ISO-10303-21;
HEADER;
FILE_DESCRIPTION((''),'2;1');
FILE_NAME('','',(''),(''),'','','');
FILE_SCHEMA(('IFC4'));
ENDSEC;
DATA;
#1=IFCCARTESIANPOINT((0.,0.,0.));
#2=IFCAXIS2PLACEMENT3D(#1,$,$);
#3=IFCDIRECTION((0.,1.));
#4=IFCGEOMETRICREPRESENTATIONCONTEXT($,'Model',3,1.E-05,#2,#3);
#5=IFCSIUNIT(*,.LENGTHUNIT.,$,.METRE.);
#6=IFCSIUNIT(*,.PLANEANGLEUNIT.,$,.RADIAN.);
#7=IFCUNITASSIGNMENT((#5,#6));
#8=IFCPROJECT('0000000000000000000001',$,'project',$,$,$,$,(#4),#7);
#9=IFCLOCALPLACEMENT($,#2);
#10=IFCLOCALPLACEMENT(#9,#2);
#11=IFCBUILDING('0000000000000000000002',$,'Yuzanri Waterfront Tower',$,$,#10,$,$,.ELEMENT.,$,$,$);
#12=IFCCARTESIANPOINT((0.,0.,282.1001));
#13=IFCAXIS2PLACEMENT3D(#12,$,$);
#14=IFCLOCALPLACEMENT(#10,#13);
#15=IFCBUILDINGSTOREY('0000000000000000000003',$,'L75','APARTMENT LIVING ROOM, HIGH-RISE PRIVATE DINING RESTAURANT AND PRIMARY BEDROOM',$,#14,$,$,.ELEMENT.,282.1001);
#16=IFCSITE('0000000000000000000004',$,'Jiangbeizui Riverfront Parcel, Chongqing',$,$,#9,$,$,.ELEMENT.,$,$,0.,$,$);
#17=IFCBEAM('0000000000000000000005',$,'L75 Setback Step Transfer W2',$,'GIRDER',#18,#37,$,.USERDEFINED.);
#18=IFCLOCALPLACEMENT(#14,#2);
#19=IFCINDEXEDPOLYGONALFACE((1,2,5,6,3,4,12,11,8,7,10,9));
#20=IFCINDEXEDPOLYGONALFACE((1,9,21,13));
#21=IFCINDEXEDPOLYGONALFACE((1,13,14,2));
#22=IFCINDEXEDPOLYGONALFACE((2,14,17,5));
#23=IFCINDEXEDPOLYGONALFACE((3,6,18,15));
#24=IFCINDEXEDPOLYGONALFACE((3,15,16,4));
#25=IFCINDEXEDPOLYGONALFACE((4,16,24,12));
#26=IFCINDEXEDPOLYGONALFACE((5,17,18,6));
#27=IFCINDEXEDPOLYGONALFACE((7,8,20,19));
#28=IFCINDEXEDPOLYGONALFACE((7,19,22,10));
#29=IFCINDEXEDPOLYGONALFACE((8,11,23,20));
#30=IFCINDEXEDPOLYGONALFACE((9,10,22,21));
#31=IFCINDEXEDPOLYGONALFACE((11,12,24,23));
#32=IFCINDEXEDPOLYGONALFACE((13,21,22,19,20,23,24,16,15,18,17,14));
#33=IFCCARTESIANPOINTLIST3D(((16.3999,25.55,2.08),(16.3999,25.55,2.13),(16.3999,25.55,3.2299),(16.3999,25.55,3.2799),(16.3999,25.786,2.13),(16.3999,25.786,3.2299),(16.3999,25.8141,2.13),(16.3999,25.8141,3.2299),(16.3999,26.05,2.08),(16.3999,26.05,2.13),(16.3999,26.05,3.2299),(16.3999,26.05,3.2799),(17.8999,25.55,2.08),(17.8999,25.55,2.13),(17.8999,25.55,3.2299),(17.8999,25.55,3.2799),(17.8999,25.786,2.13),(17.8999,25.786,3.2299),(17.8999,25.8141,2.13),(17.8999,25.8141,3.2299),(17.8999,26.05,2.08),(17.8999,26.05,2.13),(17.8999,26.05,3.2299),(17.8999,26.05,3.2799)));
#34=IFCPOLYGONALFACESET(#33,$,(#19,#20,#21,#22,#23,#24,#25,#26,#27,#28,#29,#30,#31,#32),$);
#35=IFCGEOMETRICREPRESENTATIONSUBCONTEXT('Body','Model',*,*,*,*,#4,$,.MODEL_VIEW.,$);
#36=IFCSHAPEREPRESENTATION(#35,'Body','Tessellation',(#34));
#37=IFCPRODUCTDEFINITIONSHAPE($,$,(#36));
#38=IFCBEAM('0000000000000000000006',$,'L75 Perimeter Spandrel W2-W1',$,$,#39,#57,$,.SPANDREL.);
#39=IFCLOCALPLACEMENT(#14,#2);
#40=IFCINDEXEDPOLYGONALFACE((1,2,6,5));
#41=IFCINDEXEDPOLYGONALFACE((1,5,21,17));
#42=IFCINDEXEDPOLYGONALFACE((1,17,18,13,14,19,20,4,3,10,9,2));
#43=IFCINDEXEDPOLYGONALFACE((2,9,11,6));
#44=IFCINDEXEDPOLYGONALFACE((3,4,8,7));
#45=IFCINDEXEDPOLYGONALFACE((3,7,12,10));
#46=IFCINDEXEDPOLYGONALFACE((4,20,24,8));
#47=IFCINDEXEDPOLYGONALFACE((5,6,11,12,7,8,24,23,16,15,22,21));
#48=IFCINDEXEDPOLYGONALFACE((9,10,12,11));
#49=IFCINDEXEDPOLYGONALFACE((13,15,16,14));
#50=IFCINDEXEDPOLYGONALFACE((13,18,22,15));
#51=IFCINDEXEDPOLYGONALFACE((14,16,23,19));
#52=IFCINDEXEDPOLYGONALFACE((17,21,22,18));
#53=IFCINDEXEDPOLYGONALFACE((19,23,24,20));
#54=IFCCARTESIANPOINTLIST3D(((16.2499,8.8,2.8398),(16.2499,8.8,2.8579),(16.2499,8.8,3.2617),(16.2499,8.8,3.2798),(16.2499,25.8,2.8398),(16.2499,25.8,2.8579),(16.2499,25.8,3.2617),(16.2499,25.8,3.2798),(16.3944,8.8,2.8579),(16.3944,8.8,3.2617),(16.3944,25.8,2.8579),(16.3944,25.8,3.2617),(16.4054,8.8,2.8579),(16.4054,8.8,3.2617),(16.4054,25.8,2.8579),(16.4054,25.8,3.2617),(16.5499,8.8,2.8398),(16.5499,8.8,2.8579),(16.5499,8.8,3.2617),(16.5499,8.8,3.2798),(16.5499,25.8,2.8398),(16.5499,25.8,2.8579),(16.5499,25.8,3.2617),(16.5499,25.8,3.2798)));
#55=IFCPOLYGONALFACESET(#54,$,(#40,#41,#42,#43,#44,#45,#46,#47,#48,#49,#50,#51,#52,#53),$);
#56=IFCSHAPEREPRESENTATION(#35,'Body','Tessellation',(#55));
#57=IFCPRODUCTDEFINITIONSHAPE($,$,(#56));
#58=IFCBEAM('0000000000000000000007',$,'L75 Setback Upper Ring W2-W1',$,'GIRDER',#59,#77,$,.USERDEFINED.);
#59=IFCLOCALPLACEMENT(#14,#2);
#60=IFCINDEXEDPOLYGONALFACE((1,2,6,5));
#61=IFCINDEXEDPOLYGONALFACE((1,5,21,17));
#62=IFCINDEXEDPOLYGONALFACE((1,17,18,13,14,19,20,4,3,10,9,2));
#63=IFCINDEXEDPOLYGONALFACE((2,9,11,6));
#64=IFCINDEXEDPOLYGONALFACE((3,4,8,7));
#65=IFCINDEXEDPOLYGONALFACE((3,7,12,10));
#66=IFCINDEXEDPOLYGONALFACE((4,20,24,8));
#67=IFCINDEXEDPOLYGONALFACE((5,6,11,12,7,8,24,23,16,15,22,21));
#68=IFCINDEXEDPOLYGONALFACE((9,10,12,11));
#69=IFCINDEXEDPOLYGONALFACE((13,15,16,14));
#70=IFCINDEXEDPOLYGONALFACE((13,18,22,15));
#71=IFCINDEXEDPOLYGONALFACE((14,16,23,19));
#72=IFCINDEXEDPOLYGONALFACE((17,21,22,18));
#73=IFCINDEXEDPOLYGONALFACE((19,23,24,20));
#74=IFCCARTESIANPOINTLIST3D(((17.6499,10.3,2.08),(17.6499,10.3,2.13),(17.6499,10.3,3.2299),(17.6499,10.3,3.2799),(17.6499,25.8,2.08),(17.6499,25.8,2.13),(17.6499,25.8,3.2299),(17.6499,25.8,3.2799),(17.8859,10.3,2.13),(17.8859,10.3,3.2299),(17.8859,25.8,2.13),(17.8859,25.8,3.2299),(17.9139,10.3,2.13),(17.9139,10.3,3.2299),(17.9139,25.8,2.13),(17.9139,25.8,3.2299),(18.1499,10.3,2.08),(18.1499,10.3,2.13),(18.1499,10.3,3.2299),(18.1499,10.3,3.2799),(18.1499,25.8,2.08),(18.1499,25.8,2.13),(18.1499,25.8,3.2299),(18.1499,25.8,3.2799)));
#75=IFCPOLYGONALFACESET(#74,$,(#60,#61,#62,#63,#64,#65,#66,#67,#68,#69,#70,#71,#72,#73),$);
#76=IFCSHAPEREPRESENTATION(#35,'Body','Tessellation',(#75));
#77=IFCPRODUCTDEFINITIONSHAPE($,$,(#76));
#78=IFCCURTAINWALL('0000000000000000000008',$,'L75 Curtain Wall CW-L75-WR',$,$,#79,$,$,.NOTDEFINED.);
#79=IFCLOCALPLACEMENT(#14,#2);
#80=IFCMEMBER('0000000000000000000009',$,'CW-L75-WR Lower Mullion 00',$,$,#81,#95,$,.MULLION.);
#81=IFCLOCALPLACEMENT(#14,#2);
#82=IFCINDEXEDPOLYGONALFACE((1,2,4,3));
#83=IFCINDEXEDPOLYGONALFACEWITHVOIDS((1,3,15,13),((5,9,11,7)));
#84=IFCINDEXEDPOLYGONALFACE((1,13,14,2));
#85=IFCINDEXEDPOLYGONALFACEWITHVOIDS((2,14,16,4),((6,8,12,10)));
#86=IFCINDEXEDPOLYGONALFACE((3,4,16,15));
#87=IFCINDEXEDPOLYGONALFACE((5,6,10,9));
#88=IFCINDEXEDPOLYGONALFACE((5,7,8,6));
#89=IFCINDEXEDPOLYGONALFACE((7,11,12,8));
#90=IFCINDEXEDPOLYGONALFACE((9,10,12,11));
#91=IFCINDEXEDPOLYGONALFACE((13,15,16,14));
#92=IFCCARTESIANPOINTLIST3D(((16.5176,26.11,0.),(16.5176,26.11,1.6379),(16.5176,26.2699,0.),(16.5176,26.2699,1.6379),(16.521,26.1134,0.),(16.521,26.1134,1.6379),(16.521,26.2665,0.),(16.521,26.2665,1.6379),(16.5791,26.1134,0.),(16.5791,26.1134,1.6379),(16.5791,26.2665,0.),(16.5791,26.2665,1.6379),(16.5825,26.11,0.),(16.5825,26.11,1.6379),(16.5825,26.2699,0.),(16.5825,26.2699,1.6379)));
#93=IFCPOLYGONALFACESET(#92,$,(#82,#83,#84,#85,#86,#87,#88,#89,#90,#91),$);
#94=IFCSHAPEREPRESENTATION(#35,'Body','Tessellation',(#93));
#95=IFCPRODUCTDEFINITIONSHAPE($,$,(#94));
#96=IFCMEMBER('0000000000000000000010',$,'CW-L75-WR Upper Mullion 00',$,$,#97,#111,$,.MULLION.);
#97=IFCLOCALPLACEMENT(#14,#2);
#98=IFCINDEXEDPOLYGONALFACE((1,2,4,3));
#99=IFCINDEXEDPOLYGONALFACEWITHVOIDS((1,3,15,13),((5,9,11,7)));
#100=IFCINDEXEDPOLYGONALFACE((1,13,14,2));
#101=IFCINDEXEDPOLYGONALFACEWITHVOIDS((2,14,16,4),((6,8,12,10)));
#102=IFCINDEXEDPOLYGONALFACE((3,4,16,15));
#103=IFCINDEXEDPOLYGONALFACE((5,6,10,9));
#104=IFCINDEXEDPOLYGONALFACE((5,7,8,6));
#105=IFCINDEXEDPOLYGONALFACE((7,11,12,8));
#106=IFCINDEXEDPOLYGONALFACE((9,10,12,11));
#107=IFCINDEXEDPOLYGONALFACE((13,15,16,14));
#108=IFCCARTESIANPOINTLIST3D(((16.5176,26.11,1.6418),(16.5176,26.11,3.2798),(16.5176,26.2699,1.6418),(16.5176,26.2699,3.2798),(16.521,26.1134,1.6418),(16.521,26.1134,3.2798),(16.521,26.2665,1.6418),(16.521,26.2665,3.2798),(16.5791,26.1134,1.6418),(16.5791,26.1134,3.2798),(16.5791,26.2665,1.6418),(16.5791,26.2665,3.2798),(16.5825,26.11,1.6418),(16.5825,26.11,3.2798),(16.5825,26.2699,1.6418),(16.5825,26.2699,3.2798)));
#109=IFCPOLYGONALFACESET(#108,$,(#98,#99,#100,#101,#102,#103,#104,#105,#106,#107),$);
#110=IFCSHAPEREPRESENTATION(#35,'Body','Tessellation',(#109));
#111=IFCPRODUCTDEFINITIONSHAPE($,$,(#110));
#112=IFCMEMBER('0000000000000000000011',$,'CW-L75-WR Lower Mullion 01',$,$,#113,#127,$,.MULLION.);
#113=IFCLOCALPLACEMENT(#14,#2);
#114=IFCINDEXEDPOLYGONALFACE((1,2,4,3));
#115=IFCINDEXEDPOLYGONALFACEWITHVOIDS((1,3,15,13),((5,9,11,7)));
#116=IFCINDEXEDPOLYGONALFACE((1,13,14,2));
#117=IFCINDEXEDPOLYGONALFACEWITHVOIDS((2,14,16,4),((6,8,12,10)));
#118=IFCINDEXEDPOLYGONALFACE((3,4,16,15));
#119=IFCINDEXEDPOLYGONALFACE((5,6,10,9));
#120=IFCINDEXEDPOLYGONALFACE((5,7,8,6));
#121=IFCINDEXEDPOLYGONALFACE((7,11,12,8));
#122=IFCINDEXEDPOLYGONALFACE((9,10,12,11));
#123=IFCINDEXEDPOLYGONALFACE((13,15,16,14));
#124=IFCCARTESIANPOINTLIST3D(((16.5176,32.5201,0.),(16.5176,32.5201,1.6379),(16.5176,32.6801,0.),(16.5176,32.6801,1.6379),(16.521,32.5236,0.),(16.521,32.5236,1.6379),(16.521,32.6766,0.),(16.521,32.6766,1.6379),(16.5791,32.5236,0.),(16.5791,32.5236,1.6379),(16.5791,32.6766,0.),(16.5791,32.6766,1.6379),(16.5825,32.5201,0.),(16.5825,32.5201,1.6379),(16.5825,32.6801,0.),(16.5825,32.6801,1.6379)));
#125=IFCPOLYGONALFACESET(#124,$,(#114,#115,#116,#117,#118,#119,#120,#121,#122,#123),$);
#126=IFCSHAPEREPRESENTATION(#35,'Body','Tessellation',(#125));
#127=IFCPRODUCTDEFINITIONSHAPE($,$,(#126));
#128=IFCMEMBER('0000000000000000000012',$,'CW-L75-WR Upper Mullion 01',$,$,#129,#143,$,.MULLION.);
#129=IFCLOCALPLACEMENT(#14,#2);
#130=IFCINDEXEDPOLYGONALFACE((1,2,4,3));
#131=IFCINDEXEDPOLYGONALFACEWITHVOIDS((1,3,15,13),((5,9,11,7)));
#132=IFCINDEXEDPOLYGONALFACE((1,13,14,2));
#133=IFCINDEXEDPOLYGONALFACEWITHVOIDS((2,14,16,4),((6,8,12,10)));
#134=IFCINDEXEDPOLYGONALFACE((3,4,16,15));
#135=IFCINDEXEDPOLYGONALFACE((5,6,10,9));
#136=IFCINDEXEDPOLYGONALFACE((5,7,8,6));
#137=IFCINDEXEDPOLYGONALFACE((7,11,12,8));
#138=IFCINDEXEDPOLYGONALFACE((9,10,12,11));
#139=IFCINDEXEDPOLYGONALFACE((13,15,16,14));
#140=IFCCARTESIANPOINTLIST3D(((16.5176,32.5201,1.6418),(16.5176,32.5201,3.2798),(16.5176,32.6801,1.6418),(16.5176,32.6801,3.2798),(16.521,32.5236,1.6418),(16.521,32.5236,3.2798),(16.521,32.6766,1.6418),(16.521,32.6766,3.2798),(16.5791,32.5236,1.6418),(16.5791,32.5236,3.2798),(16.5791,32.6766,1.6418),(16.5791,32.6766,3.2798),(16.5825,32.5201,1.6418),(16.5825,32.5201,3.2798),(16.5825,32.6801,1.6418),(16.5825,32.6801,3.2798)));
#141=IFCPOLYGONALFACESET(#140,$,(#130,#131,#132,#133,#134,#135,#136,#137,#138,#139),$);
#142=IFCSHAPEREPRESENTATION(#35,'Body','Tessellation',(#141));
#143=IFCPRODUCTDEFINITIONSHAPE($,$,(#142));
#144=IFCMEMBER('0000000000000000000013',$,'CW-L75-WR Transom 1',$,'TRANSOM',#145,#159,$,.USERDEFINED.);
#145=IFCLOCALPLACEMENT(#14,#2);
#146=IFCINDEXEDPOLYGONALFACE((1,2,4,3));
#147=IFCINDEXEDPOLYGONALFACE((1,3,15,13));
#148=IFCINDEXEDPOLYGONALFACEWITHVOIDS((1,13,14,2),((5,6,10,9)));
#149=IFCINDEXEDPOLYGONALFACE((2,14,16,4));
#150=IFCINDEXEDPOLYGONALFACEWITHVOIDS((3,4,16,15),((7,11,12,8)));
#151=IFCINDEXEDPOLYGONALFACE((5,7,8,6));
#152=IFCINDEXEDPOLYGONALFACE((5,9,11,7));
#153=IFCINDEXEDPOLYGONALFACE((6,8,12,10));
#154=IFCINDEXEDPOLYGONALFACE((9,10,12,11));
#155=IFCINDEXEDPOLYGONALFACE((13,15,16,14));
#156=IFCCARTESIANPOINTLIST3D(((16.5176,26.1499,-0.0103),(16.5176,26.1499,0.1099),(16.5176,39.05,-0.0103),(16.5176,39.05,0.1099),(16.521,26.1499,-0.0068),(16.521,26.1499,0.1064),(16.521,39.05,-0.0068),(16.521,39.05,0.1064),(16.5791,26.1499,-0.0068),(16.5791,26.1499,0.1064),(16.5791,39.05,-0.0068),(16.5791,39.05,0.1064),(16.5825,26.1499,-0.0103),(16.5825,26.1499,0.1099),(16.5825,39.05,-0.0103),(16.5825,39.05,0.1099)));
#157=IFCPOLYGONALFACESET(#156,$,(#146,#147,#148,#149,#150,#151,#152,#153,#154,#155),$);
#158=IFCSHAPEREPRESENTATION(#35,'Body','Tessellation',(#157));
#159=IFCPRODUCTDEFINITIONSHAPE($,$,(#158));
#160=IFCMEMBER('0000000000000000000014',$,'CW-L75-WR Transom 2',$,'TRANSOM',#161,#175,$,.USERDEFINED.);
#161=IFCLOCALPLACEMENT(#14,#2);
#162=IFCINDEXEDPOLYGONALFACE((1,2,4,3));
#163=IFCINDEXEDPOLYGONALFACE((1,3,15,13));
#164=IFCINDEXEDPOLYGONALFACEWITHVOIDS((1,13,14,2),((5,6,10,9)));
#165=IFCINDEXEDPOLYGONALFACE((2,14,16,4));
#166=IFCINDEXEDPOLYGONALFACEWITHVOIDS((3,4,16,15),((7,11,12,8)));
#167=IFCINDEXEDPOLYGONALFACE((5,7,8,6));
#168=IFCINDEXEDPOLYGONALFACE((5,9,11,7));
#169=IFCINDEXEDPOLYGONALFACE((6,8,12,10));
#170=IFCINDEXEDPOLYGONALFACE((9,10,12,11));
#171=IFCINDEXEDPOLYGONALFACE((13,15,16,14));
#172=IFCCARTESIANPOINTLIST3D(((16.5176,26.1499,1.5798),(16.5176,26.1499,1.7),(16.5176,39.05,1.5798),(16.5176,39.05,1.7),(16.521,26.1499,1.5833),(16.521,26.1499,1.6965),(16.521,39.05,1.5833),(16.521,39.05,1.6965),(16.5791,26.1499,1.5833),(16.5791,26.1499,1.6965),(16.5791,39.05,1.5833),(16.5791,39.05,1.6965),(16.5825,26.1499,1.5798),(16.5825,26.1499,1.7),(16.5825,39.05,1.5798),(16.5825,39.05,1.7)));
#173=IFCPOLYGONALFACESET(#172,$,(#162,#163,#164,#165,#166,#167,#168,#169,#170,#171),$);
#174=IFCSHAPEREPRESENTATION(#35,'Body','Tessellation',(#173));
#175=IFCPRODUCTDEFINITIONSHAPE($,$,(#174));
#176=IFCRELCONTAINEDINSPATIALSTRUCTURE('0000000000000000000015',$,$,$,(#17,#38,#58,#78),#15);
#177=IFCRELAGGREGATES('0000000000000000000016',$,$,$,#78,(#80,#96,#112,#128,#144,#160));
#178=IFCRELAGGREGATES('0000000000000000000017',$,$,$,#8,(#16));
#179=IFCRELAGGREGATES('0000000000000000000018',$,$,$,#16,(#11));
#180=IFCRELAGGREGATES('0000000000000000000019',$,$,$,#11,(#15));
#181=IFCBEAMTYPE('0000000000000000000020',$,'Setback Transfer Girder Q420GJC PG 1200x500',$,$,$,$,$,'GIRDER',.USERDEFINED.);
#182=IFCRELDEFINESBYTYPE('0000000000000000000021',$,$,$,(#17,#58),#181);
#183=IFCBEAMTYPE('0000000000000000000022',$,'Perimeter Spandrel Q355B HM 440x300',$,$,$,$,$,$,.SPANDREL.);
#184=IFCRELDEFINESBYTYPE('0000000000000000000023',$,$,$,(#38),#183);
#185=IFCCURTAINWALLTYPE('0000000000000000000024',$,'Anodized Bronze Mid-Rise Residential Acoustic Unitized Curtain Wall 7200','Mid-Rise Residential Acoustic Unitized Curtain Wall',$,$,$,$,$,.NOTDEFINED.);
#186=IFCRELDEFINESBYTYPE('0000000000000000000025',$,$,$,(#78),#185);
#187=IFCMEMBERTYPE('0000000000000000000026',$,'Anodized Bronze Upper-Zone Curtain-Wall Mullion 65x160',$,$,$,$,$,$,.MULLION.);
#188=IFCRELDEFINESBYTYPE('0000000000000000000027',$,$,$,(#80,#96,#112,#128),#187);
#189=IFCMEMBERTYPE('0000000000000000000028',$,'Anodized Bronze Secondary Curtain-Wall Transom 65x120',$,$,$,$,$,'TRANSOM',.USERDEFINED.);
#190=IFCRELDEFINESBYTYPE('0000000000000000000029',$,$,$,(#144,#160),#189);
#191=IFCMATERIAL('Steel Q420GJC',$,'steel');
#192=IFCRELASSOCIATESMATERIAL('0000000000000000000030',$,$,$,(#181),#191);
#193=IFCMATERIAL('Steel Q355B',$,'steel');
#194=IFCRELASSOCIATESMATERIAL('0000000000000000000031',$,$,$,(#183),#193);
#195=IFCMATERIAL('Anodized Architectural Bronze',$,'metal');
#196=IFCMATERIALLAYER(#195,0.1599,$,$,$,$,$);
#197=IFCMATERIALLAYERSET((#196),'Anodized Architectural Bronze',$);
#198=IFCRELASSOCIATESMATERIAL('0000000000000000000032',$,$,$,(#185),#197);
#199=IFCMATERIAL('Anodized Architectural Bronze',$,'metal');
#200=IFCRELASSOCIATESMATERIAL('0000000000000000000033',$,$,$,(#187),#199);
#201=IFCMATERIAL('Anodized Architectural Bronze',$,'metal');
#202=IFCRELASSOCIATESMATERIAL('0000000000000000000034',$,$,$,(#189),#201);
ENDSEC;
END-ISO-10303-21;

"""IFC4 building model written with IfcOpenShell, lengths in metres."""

from ifc_helpers import new_model, si_unit, direction, frame, origin, origin_2d, place, context, subcontext, project, spatial, hollow_rectangle, i_section, extrude, source, transform, mapped, material, layer, layer_set, material_profile, profile_set, type_object, element, aggregate, save


model = new_model("IFC4")

# Units and contexts
model_context = context("Model", 3, precision=1e-05, world=origin(), true_north=direction((0.0, 1.0)))
body_context = subcontext(model_context, "Body", "Model", "MODEL_VIEW")
ifc_project = project(units=[si_unit("LENGTHUNIT", "METRE"), si_unit("PLANEANGLEUNIT", "RADIAN")], contexts=[model_context])

# Site, building, storey
site_placement = place(None, origin())
site = spatial("IfcSite", under=ifc_project, at=site_placement, Name="Jiangbeizui Riverfront Parcel, Chongqing", CompositionType="ELEMENT", RefElevation=0.0)
building_placement = place(site_placement, origin())
building = spatial("IfcBuilding", under=site, at=building_placement, Name="Yuzanri Waterfront Tower", CompositionType="ELEMENT")
storey_placement = place(building_placement, frame((0.0, 0.0, 282.1001)))
storey = spatial("IfcBuildingStorey", under=building, at=storey_placement, Name="L75", Description="APARTMENT LIVING ROOM, HIGH-RISE PRIVATE DINING RESTAURANT AND PRIMARY BEDROOM", CompositionType="ELEMENT", Elevation=282.1001)

# Beams
ifc_material_1 = material(Name="Steel Q420GJC", Category="steel")
ifc_material_profile_1 = material_profile(ifc_material_1, i_section(OverallWidth=0.5, OverallDepth=1.2, WebThickness=0.0281, FlangeThickness=0.05, at=origin_2d()), Name="PG 1200x500x28x50")
ifc_profile_set_1 = profile_set([ifc_material_profile_1], Name="Steel Q420GJC")
beam_type_1 = type_object("IfcBeamType", Name="Setback Transfer Girder Q420GJC PG 1200x500", ElementType="GIRDER", PredefinedType="USERDEFINED", material=ifc_profile_set_1)
shared_shape_1 = source(origin(), body_context, "Body", "SweptSolid", [
    extrude(i_section(OverallWidth=0.5, OverallDepth=1.2, WebThickness=0.0281, FlangeThickness=0.05, at=origin_2d()), origin(), (0.0, 0.0, 1.0), 1.5),
])
beam_1_placement = place(storey_placement, frame((17.8999, 25.8, 2.6799), z_axis=(-1.0, 0.0, 0.0), x_axis=(0.0, -1.0, 0.0)))
element("IfcBeam", 1, at=beam_1_placement, inside=storey, type_object=beam_type_1, Name="L75 Setback Step Transfer W2", ObjectType="GIRDER", PredefinedType="USERDEFINED", context=body_context, shape_type="MappedRepresentation", body=[
    mapped(shared_shape_1, transform((0.0, 0.0, 0.0), scale=1.0)),
])
ifc_material_2 = material(Name="Steel Q355B", Category="steel")
ifc_material_profile_2 = material_profile(ifc_material_2, i_section(OverallWidth=0.3, OverallDepth=0.4399, WebThickness=0.011, FlangeThickness=0.0181, at=origin_2d()), Name="HM 440x300x11x18")
ifc_profile_set_2 = profile_set([ifc_material_profile_2], Name="Steel Q355B")
beam_type_2 = type_object("IfcBeamType", Name="Perimeter Spandrel Q355B HM 440x300", PredefinedType="SPANDREL", material=ifc_profile_set_2)
shared_shape_2 = source(origin(), body_context, "Body", "SweptSolid", [
    extrude(i_section(OverallWidth=0.3, OverallDepth=0.4399, WebThickness=0.011, FlangeThickness=0.0181, at=origin_2d()), origin(), (0.0, 0.0, 1.0), 17.0),
])
beam_2_placement = place(storey_placement, frame((16.3999, 25.8, 3.0598), z_axis=(0.0, -1.0, 0.0), x_axis=(1.0, 0.0, 0.0)))
element("IfcBeam", 2, at=beam_2_placement, inside=storey, type_object=beam_type_2, Name="L75 Perimeter Spandrel W2-W1", PredefinedType="SPANDREL", context=body_context, shape_type="MappedRepresentation", body=[
    mapped(shared_shape_2, transform((0.0, 0.0, 0.0), scale=1.0)),
])
shared_shape_3 = source(origin(), body_context, "Body", "SweptSolid", [
    extrude(i_section(OverallWidth=0.5, OverallDepth=1.2, WebThickness=0.0281, FlangeThickness=0.05, at=origin_2d()), origin(), (0.0, 0.0, 1.0), 15.5),
])
beam_3_placement = place(storey_placement, frame((17.8999, 25.8, 2.6799), z_axis=(0.0, -1.0, 0.0), x_axis=(1.0, 0.0, 0.0)))
element("IfcBeam", 3, at=beam_3_placement, inside=storey, type_object=beam_type_1, Name="L75 Setback Upper Ring W2-W1", ObjectType="GIRDER", PredefinedType="USERDEFINED", context=body_context, shape_type="MappedRepresentation", body=[
    mapped(shared_shape_3, transform((0.0, 0.0, 0.0), scale=1.0)),
])

# Curtain wall, members
ifc_material_3 = material(Name="Anodized Architectural Bronze", Category="metal")
ifc_layer_1 = layer(ifc_material_3, 0.1599)
ifc_layer_set_1 = layer_set([ifc_layer_1], Name="Anodized Architectural Bronze")
curtain_wall_type = type_object("IfcCurtainWallType", Name="Anodized Bronze Mid-Rise Residential Acoustic Unitized Curtain Wall 7200", Description="Mid-Rise Residential Acoustic Unitized Curtain Wall", PredefinedType="NOTDEFINED", material=ifc_layer_set_1)
curtain_wall_placement = place(storey_placement, origin())
curtain_wall = element("IfcCurtainWall", 4, at=curtain_wall_placement, inside=storey, type_object=curtain_wall_type, Name="L75 Curtain Wall CW-L75-WR", PredefinedType="NOTDEFINED")
ifc_material_4 = material(Name="Anodized Architectural Bronze", Category="metal")
ifc_material_profile_3 = material_profile(ifc_material_4, hollow_rectangle(XDim=0.0649, YDim=0.1599, WallThickness=0.0034, at=origin_2d()), Name="CWM 65x160")
ifc_profile_set_3 = profile_set([ifc_material_profile_3], Name="Anodized Architectural Bronze")
member_type_1 = type_object("IfcMemberType", Name="Anodized Bronze Upper-Zone Curtain-Wall Mullion 65x160", PredefinedType="MULLION", material=ifc_profile_set_3)
shared_shape_4 = source(origin(), body_context, "Body", "SweptSolid", [
    extrude(hollow_rectangle(XDim=0.0649, YDim=0.1599, WallThickness=0.0034, at=origin_2d()), origin(), (0.0, 0.0, 1.0), 1.6379),
])
member_1_placement = place(storey_placement, frame((16.55, 26.1899, 0.0), z_axis=(0.0, 0.0, 1.0), x_axis=(1.0, 0.0, 0.0)))
member_1 = element("IfcMember", 5, at=member_1_placement, type_object=member_type_1, Name="CW-L75-WR Lower Mullion 00", PredefinedType="MULLION", context=body_context, shape_type="MappedRepresentation", body=[
    mapped(shared_shape_4, transform((0.0, 0.0, 0.0), scale=1.0)),
])
member_2_placement = place(storey_placement, frame((16.55, 26.1899, 1.6418), z_axis=(0.0, 0.0, 1.0), x_axis=(1.0, 0.0, 0.0)))
member_2 = element("IfcMember", 6, at=member_2_placement, type_object=member_type_1, Name="CW-L75-WR Upper Mullion 00", PredefinedType="MULLION", context=body_context, shape_type="MappedRepresentation", body=[
    mapped(shared_shape_4, transform((0.0, 0.0, 0.0), scale=1.0)),
])
member_3_placement = place(storey_placement, frame((16.55, 32.6001, 0.0), z_axis=(0.0, 0.0, 1.0), x_axis=(1.0, 0.0, 0.0)))
member_3 = element("IfcMember", 7, at=member_3_placement, type_object=member_type_1, Name="CW-L75-WR Lower Mullion 01", PredefinedType="MULLION", context=body_context, shape_type="MappedRepresentation", body=[
    mapped(shared_shape_4, transform((0.0, 0.0, 0.0), scale=1.0)),
])
member_4_placement = place(storey_placement, frame((16.55, 32.6001, 1.6418), z_axis=(0.0, 0.0, 1.0), x_axis=(1.0, 0.0, 0.0)))
member_4 = element("IfcMember", 8, at=member_4_placement, type_object=member_type_1, Name="CW-L75-WR Upper Mullion 01", PredefinedType="MULLION", context=body_context, shape_type="MappedRepresentation", body=[
    mapped(shared_shape_4, transform((0.0, 0.0, 0.0), scale=1.0)),
])
ifc_material_5 = material(Name="Anodized Architectural Bronze", Category="metal")
ifc_material_profile_4 = material_profile(ifc_material_5, hollow_rectangle(XDim=0.0649, YDim=0.1201, WallThickness=0.0034, at=origin_2d()), Name="CWT 65x120")
ifc_profile_set_4 = profile_set([ifc_material_profile_4], Name="Anodized Architectural Bronze")
member_type_2 = type_object("IfcMemberType", Name="Anodized Bronze Secondary Curtain-Wall Transom 65x120", ElementType="TRANSOM", PredefinedType="USERDEFINED", material=ifc_profile_set_4)
shared_shape_5 = source(origin(), body_context, "Body", "SweptSolid", [
    extrude(hollow_rectangle(XDim=0.0649, YDim=0.1201, WallThickness=0.0034, at=origin_2d()), origin(), (0.0, 0.0, 1.0), 12.9001),
])
member_5_placement = place(storey_placement, frame((16.55, 26.1499, 0.0498), z_axis=(0.0, 1.0, 0.0), x_axis=(-1.0, 0.0, 0.0)))
member_5 = element("IfcMember", 9, at=member_5_placement, type_object=member_type_2, Name="CW-L75-WR Transom 1", ObjectType="TRANSOM", PredefinedType="USERDEFINED", context=body_context, shape_type="MappedRepresentation", body=[
    mapped(shared_shape_5, transform((0.0, 0.0, 0.0), scale=1.0)),
])
member_6_placement = place(storey_placement, frame((16.55, 26.1499, 1.6399), z_axis=(0.0, 1.0, 0.0), x_axis=(-1.0, 0.0, 0.0)))
member_6 = element("IfcMember", 10, at=member_6_placement, type_object=member_type_2, Name="CW-L75-WR Transom 2", ObjectType="TRANSOM", PredefinedType="USERDEFINED", context=body_context, shape_type="MappedRepresentation", body=[
    mapped(shared_shape_5, transform((0.0, 0.0, 0.0), scale=1.0)),
])

aggregate(curtain_wall, [member_1, member_2, member_3, member_4, member_5, member_6])

save(model, "model.ifc")
